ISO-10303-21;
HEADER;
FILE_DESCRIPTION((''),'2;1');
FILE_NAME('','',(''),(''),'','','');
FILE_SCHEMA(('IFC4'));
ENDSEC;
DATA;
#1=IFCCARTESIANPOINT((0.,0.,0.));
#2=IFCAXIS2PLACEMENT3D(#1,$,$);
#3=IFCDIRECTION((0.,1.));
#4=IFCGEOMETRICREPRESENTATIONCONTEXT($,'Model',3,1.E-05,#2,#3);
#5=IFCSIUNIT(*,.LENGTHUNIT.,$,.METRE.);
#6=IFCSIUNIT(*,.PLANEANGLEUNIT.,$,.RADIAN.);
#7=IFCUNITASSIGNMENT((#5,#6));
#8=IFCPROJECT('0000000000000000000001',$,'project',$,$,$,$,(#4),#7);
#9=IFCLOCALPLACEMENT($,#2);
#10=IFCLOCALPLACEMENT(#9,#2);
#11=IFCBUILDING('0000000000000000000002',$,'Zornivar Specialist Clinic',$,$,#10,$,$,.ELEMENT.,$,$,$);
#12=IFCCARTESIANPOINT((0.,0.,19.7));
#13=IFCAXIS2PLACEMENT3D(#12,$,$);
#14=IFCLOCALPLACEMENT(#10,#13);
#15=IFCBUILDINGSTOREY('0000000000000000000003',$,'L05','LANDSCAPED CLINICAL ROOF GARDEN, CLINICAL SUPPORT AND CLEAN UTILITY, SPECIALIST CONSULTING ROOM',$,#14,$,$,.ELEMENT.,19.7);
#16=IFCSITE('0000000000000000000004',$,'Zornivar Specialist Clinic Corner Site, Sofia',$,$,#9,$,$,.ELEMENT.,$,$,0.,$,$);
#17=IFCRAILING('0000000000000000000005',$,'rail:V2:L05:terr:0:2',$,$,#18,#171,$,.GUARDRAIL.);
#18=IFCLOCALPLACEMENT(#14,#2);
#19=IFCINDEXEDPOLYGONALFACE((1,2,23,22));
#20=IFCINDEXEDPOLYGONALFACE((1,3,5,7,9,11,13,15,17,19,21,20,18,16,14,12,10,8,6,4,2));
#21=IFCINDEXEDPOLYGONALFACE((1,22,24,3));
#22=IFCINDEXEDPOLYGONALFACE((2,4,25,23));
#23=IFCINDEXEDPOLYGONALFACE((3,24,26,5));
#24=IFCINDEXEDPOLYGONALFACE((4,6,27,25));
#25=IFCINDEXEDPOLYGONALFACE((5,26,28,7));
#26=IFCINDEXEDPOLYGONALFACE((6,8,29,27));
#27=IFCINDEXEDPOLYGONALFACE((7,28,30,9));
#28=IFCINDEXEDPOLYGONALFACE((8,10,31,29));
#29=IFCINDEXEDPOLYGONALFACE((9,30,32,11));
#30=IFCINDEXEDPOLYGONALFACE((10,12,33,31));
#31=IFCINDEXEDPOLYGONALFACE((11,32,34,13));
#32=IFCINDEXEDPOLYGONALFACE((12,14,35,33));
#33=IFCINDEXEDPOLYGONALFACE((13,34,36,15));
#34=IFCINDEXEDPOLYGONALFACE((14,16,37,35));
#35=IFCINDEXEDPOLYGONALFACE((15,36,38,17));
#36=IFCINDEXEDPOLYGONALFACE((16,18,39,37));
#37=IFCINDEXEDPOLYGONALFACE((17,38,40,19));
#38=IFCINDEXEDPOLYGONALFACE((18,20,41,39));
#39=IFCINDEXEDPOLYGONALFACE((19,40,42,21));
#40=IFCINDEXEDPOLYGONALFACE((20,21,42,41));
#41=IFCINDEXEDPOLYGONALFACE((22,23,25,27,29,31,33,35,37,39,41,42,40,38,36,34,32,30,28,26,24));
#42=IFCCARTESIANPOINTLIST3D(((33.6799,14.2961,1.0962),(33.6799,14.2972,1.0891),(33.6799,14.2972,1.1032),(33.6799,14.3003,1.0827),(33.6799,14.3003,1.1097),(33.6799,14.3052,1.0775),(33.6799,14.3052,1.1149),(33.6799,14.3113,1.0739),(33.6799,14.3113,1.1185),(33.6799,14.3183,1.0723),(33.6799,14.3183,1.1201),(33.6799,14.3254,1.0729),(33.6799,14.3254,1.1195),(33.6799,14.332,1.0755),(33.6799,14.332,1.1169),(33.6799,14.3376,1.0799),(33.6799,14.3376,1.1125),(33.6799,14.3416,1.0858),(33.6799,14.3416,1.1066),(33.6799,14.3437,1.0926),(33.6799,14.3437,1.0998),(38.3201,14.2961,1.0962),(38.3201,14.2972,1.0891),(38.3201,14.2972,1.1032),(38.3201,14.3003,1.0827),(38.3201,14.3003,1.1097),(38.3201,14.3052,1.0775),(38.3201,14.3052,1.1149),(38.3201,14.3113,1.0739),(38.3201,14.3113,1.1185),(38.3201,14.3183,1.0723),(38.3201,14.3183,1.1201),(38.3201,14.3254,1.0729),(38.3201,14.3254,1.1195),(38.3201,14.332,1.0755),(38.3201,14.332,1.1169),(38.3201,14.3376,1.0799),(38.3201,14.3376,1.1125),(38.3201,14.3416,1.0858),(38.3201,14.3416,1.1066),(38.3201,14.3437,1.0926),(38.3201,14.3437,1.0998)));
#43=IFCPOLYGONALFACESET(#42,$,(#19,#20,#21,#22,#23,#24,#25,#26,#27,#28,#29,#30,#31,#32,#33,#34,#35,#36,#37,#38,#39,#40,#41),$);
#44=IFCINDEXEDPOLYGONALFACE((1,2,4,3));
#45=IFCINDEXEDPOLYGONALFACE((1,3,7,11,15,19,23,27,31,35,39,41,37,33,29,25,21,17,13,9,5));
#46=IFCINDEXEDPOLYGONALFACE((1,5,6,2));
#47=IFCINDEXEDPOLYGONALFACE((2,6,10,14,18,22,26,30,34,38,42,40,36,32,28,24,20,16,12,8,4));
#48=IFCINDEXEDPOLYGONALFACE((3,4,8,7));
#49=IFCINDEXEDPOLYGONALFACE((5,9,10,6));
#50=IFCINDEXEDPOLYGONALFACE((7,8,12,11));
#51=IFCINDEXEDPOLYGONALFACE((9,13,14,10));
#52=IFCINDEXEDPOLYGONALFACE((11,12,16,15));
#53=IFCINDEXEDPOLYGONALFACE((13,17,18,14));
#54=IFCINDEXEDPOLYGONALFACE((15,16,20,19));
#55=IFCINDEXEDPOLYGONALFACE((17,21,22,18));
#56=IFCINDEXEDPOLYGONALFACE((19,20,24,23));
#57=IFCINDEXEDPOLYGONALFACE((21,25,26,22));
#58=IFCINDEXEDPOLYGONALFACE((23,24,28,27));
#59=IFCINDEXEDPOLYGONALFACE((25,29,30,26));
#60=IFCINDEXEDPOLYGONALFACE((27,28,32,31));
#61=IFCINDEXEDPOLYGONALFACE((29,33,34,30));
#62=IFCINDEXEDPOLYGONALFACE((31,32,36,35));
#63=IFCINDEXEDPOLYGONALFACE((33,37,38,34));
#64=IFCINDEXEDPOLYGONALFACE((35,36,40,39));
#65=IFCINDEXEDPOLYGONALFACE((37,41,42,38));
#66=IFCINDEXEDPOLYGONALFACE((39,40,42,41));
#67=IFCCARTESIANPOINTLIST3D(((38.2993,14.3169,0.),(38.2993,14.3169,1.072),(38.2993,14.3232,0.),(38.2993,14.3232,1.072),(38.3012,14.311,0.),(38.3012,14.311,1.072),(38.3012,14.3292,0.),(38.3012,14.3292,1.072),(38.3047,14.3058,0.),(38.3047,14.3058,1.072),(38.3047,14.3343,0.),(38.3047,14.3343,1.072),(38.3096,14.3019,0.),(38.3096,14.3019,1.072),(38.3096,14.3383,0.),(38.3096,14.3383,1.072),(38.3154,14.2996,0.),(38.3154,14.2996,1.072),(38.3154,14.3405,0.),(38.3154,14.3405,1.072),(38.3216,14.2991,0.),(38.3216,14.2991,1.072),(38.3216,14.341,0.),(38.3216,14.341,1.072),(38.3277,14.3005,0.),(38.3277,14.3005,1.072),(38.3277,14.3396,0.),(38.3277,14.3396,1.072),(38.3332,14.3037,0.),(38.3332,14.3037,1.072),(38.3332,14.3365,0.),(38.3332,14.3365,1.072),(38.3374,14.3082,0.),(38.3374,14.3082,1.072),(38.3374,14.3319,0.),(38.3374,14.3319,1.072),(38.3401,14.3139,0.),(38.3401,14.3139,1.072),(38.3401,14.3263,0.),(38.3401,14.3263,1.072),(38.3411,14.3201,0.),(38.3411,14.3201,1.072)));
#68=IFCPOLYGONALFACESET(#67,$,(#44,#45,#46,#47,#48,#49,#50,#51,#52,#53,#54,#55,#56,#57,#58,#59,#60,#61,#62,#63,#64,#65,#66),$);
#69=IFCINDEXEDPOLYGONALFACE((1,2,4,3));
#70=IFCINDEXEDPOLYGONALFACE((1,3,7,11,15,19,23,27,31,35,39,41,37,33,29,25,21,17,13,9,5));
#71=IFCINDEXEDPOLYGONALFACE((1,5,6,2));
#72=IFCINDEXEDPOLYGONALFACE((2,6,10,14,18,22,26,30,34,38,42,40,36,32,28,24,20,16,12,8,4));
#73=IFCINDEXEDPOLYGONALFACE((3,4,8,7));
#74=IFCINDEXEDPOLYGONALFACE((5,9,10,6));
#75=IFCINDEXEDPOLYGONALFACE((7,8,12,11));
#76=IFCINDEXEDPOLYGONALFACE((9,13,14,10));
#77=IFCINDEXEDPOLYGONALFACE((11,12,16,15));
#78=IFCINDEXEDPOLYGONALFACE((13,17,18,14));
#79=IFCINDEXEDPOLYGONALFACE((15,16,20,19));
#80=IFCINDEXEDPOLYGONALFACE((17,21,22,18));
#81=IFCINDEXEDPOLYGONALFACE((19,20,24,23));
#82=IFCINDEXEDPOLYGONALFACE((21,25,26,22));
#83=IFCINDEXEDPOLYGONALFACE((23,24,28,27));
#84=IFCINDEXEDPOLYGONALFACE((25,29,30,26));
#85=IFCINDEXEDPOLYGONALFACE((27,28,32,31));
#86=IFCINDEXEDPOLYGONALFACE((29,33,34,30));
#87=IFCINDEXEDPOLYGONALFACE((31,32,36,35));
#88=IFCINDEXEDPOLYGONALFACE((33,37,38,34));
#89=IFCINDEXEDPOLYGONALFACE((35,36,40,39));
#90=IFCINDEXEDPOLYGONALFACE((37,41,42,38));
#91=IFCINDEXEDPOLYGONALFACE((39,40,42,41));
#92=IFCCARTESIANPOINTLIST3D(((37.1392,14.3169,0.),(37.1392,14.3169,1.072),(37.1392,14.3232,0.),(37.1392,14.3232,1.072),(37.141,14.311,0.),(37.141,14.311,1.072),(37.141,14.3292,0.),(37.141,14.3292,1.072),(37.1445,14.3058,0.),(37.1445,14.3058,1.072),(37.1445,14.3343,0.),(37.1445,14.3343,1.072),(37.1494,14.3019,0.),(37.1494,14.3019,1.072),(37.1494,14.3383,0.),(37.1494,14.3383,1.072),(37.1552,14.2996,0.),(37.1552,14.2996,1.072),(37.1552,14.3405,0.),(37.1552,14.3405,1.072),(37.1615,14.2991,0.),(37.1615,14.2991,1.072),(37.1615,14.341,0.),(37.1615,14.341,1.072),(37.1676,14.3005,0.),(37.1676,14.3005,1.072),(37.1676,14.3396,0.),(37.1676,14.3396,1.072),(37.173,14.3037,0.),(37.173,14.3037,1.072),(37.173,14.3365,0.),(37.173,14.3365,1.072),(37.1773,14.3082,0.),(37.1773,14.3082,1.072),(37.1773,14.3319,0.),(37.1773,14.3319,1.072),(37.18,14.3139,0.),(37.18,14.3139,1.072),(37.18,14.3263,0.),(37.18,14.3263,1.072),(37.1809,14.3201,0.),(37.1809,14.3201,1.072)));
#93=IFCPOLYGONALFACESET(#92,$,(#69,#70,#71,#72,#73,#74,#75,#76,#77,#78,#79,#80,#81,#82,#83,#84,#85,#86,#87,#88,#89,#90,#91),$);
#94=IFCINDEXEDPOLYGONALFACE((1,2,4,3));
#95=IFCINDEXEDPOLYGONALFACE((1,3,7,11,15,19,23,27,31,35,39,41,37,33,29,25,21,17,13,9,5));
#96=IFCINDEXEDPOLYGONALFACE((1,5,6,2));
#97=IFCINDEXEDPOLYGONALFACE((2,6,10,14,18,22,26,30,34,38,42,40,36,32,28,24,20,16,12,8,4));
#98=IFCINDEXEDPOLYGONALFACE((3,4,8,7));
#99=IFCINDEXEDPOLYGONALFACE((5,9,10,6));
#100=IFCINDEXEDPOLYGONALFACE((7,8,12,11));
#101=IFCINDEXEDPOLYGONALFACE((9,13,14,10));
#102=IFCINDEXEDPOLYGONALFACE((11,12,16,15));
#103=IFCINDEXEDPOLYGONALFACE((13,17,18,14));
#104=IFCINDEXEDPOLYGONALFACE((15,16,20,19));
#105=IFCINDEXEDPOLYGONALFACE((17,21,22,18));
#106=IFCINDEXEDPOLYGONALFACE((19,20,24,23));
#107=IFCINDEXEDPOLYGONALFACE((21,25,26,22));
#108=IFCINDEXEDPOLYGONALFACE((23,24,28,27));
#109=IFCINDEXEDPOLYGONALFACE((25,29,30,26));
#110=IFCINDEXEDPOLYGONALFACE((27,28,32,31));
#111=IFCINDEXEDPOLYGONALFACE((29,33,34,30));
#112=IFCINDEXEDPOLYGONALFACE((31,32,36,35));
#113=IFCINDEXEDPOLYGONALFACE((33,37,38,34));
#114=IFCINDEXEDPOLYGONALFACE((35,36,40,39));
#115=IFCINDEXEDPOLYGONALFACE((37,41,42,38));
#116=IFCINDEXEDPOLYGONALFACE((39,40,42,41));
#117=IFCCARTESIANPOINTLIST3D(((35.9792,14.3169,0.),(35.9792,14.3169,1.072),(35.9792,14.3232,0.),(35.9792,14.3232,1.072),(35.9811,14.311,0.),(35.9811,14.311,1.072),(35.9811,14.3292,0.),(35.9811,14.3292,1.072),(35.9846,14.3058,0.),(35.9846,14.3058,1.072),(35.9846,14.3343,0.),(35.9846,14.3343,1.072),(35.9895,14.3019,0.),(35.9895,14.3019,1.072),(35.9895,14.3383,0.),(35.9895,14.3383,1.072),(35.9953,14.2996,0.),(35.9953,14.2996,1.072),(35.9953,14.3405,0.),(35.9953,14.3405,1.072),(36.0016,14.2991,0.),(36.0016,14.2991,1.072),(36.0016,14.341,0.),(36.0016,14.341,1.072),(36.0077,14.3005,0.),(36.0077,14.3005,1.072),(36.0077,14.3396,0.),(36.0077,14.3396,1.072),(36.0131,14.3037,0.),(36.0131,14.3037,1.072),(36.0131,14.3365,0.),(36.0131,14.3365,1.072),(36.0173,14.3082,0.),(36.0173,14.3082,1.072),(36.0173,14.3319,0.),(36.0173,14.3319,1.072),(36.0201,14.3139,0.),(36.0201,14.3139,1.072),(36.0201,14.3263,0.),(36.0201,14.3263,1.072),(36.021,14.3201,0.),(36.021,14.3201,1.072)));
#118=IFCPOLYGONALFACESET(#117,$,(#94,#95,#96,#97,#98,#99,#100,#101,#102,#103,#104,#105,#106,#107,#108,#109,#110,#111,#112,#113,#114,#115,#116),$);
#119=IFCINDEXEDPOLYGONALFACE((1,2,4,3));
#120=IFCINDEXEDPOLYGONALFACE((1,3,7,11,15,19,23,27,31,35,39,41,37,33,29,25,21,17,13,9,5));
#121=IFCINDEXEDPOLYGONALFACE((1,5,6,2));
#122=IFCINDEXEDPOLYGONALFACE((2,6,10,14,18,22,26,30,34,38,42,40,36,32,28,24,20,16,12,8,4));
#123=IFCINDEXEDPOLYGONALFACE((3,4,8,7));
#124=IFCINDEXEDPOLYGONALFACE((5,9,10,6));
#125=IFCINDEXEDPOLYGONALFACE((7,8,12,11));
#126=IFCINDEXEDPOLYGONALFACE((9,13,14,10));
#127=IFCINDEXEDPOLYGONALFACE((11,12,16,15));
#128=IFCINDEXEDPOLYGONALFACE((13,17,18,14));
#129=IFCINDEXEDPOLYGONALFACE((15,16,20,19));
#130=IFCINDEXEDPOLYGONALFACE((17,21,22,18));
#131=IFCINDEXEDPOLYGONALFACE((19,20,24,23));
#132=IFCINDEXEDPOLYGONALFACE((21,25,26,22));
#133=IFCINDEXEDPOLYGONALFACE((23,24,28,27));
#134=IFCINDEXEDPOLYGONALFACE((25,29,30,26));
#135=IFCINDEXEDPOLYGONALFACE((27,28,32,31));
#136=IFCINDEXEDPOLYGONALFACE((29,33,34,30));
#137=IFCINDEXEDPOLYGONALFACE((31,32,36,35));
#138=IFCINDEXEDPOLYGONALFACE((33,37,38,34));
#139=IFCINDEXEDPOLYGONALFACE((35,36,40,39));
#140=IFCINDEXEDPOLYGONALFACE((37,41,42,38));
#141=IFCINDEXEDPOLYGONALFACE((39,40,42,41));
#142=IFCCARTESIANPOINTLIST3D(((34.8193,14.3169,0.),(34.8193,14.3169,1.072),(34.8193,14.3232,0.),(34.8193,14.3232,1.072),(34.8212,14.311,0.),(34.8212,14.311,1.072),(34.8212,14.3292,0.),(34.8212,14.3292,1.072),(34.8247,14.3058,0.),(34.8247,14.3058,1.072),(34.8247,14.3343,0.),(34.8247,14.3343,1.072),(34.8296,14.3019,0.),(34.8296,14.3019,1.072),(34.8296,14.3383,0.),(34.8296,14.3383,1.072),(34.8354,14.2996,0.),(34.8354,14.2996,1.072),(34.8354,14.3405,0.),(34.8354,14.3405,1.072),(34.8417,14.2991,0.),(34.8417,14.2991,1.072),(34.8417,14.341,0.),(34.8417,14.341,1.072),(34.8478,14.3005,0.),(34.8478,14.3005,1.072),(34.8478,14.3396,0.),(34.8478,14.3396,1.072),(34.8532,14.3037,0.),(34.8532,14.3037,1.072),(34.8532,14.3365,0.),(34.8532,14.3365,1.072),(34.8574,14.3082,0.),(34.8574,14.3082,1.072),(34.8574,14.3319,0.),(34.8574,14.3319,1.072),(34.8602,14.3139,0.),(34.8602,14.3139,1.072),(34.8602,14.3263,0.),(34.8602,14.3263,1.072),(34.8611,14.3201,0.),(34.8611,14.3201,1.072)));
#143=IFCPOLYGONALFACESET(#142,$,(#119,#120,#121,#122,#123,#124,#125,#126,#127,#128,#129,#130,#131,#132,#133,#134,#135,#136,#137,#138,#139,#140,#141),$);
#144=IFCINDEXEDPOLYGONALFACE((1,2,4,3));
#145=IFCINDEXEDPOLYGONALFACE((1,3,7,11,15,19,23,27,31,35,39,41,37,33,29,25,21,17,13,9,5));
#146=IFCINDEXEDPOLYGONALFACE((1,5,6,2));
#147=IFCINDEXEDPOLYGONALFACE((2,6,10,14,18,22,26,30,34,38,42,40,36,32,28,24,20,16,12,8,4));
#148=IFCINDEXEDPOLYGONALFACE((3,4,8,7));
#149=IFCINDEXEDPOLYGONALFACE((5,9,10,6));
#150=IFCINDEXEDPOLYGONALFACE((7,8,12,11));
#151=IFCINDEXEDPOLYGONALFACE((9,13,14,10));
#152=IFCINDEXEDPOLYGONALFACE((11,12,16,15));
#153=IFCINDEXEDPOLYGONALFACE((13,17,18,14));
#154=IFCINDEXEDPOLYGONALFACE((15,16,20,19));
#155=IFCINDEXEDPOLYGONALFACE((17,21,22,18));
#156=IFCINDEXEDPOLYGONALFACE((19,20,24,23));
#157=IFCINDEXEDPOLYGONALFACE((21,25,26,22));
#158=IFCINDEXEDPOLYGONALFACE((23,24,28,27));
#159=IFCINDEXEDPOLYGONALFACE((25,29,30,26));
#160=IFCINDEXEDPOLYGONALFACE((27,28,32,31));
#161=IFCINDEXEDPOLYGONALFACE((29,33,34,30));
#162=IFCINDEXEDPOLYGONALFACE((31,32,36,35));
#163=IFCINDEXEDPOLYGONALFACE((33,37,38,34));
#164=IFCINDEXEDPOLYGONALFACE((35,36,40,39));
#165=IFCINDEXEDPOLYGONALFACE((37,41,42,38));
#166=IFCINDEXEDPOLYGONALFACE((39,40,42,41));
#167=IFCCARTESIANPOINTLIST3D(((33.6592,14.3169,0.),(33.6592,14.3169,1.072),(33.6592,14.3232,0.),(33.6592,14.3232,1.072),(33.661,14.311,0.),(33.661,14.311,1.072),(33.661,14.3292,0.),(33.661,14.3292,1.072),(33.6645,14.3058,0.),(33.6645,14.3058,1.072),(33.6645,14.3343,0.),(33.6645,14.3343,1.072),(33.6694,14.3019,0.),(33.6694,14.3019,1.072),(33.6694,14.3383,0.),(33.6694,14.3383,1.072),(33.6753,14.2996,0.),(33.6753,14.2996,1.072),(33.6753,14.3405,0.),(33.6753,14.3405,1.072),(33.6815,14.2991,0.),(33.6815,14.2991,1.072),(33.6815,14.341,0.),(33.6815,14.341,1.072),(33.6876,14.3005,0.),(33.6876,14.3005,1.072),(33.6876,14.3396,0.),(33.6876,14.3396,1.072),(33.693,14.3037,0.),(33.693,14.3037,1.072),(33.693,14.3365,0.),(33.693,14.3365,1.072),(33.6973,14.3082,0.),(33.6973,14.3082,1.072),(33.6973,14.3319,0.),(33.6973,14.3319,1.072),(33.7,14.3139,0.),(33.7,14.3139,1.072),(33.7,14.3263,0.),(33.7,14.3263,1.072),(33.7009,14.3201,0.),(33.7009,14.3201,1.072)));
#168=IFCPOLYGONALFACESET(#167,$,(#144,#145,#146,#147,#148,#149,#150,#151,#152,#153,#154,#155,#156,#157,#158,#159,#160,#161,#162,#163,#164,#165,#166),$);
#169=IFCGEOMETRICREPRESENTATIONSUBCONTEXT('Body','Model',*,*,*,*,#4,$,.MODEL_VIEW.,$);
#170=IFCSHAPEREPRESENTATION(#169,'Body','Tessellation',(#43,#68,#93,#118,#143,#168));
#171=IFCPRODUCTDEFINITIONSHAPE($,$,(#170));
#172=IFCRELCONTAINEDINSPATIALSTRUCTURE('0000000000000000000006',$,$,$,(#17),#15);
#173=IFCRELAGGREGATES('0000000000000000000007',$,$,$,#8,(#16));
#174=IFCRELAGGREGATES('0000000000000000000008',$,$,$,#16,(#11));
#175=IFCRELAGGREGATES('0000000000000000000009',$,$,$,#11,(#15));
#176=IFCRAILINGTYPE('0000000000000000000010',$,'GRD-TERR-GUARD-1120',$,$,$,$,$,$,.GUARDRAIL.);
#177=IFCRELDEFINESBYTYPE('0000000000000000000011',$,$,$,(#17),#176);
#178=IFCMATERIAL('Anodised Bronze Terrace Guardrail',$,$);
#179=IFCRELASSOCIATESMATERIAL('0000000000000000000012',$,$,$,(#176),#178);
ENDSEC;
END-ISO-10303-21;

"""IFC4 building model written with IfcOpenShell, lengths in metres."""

from ifc_helpers import new_model, si_unit, direction, frame, origin, origin_2d, place, context, subcontext, project, spatial, circle, extrude, material, type_object, element, save


model = new_model("IFC4")

# Units and contexts
model_context = context("Model", 3, precision=1e-05, world=origin(), true_north=direction((0.0, 1.0)))
body_context = subcontext(model_context, "Body", "Model", "MODEL_VIEW")
ifc_project = project(units=[si_unit("LENGTHUNIT", "METRE"), si_unit("PLANEANGLEUNIT", "RADIAN")], contexts=[model_context])

# Site, building, storey
site_placement = place(None, origin())
site = spatial("IfcSite", under=ifc_project, at=site_placement, Name="Zornivar Specialist Clinic Corner Site, Sofia", CompositionType="ELEMENT", RefElevation=0.0)
building_placement = place(site_placement, origin())
building = spatial("IfcBuilding", under=site, at=building_placement, Name="Zornivar Specialist Clinic", CompositionType="ELEMENT")
storey_placement = place(building_placement, frame((0.0, 0.0, 19.7)))
storey = spatial("IfcBuildingStorey", under=building, at=storey_placement, Name="L05", Description="LANDSCAPED CLINICAL ROOF GARDEN, CLINICAL SUPPORT AND CLEAN UTILITY, SPECIALIST CONSULTING ROOM", CompositionType="ELEMENT", Elevation=19.7)

# Railing
ifc_material_1 = material(Name="Anodised Bronze Terrace Guardrail")
railing_type = type_object("IfcRailingType", Name="GRD-TERR-GUARD-1120", PredefinedType="GUARDRAIL", material=ifc_material_1)
railing_1_placement = place(storey_placement, frame((38.3201, 14.3201, 0.0)))
element("IfcRailing", 1, at=railing_1_placement, inside=storey, type_object=railing_type, Name="rail:V2:L05:terr:0:2", PredefinedType="GUARDRAIL", context=body_context, shape_type="SweptSolid", body=[
    extrude(circle(Radius=0.0239, at=origin_2d()), frame((0.0, 0.0, 1.0962), z_axis=(-1.0, 0.0, 0.0), x_axis=(0.0, -1.0, 0.0)), (0.0, 0.0, 1.0), 4.6401),
    extrude(circle(Radius=0.021, at=origin_2d()), origin(), (0.0, 0.0, 1.0), 1.072),
    extrude(circle(Radius=0.021, at=origin_2d()), frame((-1.1602, 0.0, 0.0)), (0.0, 0.0, 1.0), 1.072),
    extrude(circle(Radius=0.021, at=origin_2d()), frame((-2.3201, 0.0, 0.0)), (0.0, 0.0, 1.0), 1.072),
    extrude(circle(Radius=0.021, at=origin_2d()), frame((-3.48, 0.0, 0.0)), (0.0, 0.0, 1.0), 1.072),
    extrude(circle(Radius=0.021, at=origin_2d()), frame((-4.6401, 0.0, 0.0)), (0.0, 0.0, 1.0), 1.072),
])

save(model, "model.ifc")
